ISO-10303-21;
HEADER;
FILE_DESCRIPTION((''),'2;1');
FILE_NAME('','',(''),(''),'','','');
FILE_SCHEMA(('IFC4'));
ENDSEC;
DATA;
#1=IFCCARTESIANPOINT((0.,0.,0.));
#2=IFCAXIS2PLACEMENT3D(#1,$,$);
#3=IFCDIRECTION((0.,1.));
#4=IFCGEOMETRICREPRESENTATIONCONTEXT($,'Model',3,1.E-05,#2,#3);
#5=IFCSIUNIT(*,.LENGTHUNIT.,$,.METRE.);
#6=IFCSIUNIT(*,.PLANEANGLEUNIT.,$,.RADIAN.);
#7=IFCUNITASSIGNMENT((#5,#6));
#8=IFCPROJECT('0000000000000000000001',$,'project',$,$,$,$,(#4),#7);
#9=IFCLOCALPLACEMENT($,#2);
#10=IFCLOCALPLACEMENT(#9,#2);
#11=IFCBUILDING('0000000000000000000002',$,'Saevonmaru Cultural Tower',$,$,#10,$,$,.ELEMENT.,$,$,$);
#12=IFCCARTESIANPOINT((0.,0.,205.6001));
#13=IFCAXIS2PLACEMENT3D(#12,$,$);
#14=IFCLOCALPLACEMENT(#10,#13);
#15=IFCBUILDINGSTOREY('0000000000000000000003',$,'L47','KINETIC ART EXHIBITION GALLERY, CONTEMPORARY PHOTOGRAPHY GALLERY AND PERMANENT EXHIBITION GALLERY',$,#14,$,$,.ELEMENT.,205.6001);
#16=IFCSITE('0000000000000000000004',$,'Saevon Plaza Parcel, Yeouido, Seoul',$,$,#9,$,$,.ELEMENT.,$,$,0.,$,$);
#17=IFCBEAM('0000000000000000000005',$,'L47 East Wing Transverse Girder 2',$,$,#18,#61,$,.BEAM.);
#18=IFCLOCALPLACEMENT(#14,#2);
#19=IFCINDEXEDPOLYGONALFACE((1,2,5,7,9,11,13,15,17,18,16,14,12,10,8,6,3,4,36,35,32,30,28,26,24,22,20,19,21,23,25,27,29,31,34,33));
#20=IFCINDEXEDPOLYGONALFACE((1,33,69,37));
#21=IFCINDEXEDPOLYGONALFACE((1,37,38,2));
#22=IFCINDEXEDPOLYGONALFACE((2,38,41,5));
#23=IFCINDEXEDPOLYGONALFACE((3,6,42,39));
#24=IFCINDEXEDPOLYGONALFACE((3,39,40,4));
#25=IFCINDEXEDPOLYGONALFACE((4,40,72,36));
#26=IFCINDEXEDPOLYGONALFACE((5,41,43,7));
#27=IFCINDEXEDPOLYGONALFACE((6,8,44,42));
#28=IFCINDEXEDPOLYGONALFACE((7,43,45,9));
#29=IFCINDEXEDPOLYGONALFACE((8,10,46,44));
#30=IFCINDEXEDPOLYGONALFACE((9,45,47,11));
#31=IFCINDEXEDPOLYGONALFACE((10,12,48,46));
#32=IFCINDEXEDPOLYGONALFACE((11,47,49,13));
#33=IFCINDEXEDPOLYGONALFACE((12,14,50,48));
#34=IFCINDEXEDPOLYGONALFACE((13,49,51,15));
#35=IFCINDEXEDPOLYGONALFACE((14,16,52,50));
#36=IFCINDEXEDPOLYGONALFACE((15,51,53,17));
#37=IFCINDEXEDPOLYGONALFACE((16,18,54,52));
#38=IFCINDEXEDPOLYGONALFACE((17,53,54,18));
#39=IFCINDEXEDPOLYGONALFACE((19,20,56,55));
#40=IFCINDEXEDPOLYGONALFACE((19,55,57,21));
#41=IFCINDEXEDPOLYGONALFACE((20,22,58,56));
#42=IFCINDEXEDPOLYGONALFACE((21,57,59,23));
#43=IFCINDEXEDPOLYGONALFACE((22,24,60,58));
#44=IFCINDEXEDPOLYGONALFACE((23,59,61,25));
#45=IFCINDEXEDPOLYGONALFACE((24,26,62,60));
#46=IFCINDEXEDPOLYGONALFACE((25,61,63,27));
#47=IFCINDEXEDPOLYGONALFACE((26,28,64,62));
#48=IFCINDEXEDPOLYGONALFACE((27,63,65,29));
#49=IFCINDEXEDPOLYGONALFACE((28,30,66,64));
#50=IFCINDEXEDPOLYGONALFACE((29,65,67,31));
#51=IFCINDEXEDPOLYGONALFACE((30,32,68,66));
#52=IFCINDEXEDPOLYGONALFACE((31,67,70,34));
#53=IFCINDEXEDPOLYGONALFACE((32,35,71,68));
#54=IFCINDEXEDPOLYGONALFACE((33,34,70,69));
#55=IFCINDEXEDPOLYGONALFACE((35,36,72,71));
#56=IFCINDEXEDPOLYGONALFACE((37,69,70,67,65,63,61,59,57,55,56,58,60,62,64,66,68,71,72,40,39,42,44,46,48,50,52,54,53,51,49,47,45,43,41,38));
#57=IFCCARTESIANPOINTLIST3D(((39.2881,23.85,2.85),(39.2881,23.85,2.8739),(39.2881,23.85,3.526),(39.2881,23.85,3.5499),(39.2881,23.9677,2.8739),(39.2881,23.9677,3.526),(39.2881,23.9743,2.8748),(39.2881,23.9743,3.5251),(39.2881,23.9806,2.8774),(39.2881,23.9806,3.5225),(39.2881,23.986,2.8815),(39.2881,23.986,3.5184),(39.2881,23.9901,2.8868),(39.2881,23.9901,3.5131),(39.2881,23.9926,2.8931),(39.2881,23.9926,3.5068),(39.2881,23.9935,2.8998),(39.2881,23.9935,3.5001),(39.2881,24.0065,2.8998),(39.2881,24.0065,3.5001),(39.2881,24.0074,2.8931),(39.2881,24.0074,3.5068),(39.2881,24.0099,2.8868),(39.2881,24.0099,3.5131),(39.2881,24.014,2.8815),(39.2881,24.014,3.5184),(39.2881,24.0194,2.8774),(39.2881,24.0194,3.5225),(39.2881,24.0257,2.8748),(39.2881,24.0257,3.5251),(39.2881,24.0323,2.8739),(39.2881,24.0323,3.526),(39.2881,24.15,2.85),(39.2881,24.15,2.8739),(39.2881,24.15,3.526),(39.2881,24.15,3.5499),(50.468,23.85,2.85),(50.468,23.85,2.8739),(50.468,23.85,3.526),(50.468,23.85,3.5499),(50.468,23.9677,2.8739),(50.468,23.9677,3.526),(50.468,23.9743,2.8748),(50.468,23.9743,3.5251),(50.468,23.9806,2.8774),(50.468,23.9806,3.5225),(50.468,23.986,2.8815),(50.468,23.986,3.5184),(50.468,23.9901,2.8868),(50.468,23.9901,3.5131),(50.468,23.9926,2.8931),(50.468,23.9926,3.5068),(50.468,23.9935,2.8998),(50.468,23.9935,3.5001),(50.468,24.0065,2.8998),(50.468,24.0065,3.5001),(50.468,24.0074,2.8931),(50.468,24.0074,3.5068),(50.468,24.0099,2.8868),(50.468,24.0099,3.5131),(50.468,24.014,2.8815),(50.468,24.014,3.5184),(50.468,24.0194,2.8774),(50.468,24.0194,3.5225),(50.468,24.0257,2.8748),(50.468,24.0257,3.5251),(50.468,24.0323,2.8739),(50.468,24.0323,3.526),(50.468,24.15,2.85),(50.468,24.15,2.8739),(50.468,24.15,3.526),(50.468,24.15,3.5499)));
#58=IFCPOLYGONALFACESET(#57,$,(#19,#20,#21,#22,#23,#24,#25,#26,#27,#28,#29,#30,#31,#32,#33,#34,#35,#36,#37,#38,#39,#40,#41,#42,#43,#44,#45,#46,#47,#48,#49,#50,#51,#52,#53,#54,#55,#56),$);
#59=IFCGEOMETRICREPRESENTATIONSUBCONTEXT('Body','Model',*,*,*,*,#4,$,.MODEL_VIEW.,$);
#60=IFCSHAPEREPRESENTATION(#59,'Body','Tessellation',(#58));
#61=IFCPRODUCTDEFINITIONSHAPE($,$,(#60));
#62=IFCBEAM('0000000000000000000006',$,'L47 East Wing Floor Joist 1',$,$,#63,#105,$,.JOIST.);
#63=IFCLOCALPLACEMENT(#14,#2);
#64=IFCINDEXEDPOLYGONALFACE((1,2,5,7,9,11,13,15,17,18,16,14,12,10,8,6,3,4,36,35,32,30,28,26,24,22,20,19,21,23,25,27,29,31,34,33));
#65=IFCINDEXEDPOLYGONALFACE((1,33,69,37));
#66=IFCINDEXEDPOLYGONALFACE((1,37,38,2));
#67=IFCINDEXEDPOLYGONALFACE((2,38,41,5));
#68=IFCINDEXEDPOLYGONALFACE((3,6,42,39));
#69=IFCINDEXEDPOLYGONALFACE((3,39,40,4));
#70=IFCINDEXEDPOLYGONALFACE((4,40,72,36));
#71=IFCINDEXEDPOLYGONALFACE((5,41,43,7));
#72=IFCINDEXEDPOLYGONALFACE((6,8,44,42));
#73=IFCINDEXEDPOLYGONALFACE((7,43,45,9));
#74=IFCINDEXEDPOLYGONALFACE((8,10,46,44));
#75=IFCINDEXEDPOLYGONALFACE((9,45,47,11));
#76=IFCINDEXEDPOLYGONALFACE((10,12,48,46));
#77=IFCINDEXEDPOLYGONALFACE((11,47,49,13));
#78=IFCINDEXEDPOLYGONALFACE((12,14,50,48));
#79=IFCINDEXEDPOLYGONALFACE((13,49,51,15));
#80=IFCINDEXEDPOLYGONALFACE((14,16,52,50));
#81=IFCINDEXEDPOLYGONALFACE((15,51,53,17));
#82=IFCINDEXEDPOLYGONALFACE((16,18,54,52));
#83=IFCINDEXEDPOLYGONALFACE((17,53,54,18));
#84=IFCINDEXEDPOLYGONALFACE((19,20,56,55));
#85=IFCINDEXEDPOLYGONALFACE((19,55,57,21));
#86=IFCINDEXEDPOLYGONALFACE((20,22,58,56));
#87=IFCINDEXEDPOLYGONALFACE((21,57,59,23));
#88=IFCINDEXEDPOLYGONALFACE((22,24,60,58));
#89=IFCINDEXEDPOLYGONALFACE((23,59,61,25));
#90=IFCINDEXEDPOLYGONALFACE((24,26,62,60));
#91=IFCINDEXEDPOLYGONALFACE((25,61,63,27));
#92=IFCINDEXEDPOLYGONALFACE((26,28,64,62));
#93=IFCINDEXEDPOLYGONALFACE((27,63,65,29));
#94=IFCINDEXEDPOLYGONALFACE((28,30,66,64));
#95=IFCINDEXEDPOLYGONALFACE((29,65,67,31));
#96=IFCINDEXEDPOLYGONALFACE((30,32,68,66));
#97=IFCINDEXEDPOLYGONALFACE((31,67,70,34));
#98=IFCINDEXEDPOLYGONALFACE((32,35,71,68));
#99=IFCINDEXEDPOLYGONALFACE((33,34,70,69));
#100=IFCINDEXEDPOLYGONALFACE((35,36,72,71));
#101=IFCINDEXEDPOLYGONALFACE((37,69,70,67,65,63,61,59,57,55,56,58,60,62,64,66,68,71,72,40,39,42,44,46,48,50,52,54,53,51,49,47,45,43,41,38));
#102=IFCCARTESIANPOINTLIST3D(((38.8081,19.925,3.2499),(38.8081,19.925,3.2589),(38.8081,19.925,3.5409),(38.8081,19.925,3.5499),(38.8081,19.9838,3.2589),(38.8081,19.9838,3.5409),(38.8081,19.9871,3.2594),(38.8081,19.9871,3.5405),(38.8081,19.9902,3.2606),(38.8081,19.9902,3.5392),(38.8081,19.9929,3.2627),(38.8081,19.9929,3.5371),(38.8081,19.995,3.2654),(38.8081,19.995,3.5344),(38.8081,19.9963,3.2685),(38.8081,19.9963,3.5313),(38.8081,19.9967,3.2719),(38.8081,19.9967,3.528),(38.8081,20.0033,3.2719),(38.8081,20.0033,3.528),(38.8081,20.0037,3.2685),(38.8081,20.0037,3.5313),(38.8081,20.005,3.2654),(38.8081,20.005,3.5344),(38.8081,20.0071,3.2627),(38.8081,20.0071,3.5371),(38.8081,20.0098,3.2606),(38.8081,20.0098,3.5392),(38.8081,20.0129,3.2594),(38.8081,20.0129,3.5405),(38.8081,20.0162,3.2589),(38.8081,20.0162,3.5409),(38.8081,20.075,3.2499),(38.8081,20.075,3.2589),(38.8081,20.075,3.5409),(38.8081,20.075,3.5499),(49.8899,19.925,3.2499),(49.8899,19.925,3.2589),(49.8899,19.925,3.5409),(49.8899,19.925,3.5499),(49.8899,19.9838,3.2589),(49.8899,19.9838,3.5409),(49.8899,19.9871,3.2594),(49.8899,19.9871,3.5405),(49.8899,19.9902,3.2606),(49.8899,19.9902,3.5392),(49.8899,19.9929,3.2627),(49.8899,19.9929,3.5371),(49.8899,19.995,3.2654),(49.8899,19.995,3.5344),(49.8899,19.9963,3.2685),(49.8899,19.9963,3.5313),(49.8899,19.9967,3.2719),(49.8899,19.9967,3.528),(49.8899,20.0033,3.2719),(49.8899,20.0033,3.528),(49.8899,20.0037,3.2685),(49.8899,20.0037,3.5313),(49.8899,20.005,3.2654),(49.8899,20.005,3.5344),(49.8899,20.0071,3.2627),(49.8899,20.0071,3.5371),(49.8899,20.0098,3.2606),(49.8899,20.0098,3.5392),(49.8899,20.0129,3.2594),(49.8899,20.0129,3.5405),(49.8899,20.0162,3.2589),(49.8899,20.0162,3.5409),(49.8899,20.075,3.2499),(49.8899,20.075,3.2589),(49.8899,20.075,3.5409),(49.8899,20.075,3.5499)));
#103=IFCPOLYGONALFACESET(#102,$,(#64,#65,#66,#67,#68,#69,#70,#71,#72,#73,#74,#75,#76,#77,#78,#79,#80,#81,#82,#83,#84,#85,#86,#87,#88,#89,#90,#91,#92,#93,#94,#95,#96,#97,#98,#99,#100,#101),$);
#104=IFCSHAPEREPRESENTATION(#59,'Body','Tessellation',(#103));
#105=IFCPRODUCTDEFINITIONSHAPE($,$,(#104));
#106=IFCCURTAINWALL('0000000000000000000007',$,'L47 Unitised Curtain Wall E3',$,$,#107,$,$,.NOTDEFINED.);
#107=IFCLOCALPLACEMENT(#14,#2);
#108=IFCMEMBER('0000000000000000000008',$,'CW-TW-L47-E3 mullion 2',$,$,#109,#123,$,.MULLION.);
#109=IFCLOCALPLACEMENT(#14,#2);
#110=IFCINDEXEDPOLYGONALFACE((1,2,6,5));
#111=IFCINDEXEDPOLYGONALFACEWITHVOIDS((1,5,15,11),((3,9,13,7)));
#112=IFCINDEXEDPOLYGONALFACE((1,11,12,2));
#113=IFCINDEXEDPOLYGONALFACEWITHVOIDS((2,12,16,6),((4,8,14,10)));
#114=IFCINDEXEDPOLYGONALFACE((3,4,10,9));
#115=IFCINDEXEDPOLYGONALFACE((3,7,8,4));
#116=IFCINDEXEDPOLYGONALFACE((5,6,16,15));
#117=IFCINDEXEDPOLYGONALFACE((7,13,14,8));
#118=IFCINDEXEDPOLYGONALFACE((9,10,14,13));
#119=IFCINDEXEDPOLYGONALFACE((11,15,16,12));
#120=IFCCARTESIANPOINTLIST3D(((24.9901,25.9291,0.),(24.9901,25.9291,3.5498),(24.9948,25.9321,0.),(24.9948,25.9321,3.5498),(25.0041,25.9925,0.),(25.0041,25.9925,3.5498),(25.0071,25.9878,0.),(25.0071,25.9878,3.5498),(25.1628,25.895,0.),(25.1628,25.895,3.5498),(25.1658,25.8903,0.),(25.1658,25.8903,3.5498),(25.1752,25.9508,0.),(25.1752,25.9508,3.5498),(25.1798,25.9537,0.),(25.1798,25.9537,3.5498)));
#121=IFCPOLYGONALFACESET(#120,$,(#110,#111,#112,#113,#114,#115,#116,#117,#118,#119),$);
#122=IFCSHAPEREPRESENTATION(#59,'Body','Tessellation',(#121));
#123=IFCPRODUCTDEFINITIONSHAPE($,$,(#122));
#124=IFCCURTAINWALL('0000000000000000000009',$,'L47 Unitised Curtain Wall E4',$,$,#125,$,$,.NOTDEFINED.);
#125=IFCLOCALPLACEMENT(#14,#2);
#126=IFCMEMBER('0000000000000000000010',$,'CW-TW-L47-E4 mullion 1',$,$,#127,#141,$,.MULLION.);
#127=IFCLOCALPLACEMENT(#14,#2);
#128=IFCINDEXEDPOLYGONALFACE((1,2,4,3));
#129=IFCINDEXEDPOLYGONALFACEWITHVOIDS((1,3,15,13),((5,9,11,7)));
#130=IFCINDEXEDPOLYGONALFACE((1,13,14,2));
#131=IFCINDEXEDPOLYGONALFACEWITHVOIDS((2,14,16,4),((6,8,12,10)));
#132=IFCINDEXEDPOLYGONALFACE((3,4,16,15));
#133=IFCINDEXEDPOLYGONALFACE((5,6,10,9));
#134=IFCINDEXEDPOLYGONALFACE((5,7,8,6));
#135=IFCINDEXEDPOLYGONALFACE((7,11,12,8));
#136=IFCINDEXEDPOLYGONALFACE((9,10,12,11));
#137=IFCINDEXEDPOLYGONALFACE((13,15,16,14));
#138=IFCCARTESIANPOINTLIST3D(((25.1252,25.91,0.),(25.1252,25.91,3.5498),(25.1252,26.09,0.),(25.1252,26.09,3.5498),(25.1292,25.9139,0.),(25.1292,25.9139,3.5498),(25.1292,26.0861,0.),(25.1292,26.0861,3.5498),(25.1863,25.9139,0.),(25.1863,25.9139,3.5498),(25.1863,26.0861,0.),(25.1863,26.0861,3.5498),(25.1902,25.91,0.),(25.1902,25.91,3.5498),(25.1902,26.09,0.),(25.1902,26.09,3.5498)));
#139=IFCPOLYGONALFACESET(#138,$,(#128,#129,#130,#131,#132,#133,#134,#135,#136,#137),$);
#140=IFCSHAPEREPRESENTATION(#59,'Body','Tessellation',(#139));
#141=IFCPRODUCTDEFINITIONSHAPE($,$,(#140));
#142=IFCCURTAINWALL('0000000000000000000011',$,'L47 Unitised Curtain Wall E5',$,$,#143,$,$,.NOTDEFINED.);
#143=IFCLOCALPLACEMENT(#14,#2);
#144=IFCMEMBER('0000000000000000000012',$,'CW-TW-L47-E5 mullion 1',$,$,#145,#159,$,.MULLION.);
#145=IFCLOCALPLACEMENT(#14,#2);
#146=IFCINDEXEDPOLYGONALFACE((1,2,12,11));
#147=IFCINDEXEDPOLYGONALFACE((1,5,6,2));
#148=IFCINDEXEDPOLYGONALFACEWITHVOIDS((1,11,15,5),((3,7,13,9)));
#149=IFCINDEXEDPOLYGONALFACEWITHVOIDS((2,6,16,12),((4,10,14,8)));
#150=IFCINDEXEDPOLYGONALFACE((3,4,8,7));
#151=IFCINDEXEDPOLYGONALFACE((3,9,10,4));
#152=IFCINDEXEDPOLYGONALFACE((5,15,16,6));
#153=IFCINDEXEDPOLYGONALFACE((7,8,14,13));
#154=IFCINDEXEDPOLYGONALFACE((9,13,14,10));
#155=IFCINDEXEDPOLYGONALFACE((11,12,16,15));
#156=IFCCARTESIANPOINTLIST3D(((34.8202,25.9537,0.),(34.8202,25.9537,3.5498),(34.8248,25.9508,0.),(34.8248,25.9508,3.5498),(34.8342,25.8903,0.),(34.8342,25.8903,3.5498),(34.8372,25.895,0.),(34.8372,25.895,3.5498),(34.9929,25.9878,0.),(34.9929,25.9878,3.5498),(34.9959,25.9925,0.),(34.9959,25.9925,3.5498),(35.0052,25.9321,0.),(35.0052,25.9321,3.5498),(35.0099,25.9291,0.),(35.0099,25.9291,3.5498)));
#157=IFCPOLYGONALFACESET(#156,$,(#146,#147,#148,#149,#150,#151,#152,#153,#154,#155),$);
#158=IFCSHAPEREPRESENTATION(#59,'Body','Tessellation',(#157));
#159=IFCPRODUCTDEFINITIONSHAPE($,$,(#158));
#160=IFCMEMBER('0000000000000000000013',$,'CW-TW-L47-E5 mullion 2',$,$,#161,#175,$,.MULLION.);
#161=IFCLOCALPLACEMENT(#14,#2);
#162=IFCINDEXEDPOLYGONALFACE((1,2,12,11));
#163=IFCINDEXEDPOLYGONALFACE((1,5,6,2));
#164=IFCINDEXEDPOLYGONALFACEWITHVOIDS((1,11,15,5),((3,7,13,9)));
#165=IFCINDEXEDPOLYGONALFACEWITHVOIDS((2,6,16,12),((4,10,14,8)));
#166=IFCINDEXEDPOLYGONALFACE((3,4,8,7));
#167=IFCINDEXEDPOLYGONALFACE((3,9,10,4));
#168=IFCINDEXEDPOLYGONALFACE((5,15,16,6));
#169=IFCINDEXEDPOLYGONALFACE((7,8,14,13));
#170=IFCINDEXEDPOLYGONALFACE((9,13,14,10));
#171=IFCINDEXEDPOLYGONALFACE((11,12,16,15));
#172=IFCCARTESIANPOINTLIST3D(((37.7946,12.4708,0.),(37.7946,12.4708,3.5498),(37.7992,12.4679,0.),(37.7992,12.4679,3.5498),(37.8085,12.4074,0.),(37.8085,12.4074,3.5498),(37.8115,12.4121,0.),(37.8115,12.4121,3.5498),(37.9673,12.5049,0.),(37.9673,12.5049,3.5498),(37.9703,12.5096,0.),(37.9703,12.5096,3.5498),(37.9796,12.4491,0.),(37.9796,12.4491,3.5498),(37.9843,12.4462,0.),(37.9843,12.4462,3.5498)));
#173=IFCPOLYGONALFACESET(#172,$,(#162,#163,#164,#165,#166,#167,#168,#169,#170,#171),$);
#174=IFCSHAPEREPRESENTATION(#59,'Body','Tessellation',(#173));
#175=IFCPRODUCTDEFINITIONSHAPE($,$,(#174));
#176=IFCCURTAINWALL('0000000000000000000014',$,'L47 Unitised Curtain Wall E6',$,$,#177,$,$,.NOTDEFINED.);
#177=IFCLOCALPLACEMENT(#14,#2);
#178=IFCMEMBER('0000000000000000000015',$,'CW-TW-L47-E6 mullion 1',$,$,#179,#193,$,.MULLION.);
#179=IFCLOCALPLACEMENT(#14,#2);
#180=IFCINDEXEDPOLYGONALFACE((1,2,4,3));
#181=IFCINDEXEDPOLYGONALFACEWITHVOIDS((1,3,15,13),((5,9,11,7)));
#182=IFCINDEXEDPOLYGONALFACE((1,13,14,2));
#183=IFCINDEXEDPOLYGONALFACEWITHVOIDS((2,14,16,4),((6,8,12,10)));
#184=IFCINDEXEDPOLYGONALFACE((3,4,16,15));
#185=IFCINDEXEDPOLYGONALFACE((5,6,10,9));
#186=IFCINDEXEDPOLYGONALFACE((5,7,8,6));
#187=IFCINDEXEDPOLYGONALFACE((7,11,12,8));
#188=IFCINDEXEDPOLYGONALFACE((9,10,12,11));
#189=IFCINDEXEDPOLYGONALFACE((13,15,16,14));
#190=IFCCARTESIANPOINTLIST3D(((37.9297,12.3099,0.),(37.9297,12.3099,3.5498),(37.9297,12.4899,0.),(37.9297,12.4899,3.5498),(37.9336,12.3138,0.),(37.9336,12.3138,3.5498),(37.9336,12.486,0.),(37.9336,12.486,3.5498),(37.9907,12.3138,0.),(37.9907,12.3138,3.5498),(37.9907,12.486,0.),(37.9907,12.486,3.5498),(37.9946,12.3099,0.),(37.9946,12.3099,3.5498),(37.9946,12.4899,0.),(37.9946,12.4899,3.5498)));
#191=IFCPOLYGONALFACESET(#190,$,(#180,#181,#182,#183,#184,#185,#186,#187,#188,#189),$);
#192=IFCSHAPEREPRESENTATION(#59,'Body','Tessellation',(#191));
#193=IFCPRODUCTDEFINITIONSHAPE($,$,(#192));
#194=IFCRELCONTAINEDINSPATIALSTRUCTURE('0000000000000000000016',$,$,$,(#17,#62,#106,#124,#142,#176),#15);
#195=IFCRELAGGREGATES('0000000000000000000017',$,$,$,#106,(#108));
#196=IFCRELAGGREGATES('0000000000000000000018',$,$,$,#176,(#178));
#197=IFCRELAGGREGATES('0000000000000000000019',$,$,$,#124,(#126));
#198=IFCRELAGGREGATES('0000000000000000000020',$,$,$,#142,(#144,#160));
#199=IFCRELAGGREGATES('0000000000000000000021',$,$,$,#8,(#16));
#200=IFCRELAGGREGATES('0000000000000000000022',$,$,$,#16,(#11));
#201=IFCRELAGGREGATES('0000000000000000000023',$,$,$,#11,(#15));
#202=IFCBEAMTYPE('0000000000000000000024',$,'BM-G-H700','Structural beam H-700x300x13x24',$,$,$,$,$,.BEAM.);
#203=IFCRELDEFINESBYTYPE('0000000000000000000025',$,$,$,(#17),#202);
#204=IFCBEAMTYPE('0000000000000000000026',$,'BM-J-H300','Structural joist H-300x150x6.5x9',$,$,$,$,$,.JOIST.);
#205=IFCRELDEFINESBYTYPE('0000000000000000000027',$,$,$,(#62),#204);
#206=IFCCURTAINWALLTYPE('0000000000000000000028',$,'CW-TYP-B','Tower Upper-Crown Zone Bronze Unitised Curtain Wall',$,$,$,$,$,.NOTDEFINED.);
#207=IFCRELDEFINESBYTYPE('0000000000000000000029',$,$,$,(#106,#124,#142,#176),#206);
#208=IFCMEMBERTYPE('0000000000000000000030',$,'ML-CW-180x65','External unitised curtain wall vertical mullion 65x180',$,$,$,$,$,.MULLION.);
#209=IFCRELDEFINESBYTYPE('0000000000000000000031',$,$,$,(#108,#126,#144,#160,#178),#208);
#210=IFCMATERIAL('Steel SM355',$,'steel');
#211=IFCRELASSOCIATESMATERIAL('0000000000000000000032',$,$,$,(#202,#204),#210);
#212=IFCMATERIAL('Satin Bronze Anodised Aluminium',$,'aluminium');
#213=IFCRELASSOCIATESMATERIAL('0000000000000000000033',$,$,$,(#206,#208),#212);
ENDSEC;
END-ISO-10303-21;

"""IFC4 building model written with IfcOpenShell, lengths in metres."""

from ifc_helpers import new_model, si_unit, direction, frame, origin, origin_2d, place, context, subcontext, project, spatial, hollow_rectangle, i_section, extrude, material, material_profile, profile_set, type_object, element, aggregate, save


model = new_model("IFC4")

# Units and contexts
model_context = context("Model", 3, precision=1e-05, world=origin(), true_north=direction((0.0, 1.0)))
body_context = subcontext(model_context, "Body", "Model", "MODEL_VIEW")
ifc_project = project(units=[si_unit("LENGTHUNIT", "METRE"), si_unit("PLANEANGLEUNIT", "RADIAN")], contexts=[model_context])

# Site, building, storey
site_placement = place(None, origin())
site = spatial("IfcSite", under=ifc_project, at=site_placement, Name="Saevon Plaza Parcel, Yeouido, Seoul", CompositionType="ELEMENT", RefElevation=0.0)
building_placement = place(site_placement, origin())
building = spatial("IfcBuilding", under=site, at=building_placement, Name="Saevonmaru Cultural Tower", CompositionType="ELEMENT")
storey_placement = place(building_placement, frame((0.0, 0.0, 205.6001)))
storey = spatial("IfcBuildingStorey", under=building, at=storey_placement, Name="L47", Description="KINETIC ART EXHIBITION GALLERY, CONTEMPORARY PHOTOGRAPHY GALLERY AND PERMANENT EXHIBITION GALLERY", CompositionType="ELEMENT", Elevation=205.6001)

# Shared definitions
ifc_material_1 = material(Name="Steel SM355", Category="steel")

# Beams
ifc_material_profile_1 = material_profile(ifc_material_1, i_section(OverallWidth=0.3, OverallDepth=0.7, WebThickness=0.0129, FlangeThickness=0.0239, FilletRadius=0.0259, at=origin_2d()), Name="H-700x300x13x24")
ifc_profile_set_1 = profile_set([ifc_material_profile_1], Name="Steel SM355")
beam_type_1 = type_object("IfcBeamType", Name="BM-G-H700", Description="Structural beam H-700x300x13x24", PredefinedType="BEAM", material=ifc_profile_set_1)
for number, where, z_axis, x_axis, name in (
    (1, (39.2881, 24.0, 3.2), (1.0, 0.0, 0.0), (0.0, 1.0, 0.0), "L47 East Wing Transverse Girder 2"),
):
    element("IfcBeam", number, at=place(storey_placement, frame(where, z_axis=z_axis, x_axis=x_axis)), inside=storey, type_object=beam_type_1, Name=name, PredefinedType="BEAM", context=body_context, shape_type="SweptSolid", body=[
        extrude(i_section(OverallWidth=0.3, OverallDepth=0.7, WebThickness=0.0129, FlangeThickness=0.0239, FilletRadius=0.0259, at=origin_2d()), origin(), (0.0, 0.0, 1.0), 11.1799),
    ])
ifc_material_profile_2 = material_profile(ifc_material_1, i_section(OverallWidth=0.1499, OverallDepth=0.3, WebThickness=0.0066, FlangeThickness=0.009, FilletRadius=0.0129, at=origin_2d()), Name="H-300x150x6.5x9")
ifc_profile_set_2 = profile_set([ifc_material_profile_2], Name="Steel SM355")
beam_type_2 = type_object("IfcBeamType", Name="BM-J-H300", Description="Structural joist H-300x150x6.5x9", PredefinedType="JOIST", material=ifc_profile_set_2)
beam_placement = place(storey_placement, frame((38.8081, 20.0, 3.3999), z_axis=(1.0, 0.0, 0.0), x_axis=(0.0, 1.0, 0.0)))
element("IfcBeam", 2, at=beam_placement, inside=storey, type_object=beam_type_2, Name="L47 East Wing Floor Joist 1", PredefinedType="JOIST", context=body_context, shape_type="SweptSolid", body=[
    extrude(i_section(OverallWidth=0.1499, OverallDepth=0.3, WebThickness=0.0066, FlangeThickness=0.009, FilletRadius=0.0129, at=origin_2d()), origin(), (0.0, 0.0, 1.0), 11.0818),
])

# Curtain walls, members
ifc_material_2 = material(Name="Satin Bronze Anodised Aluminium", Category="aluminium")
curtain_wall_type = type_object("IfcCurtainWallType", Name="CW-TYP-B", Description="Tower Upper-Crown Zone Bronze Unitised Curtain Wall", PredefinedType="NOTDEFINED", material=ifc_material_2)
curtain_wall_1_placement = place(storey_placement, origin())
curtain_wall_1 = element("IfcCurtainWall", 3, at=curtain_wall_1_placement, inside=storey, type_object=curtain_wall_type, Name="L47 Unitised Curtain Wall E3", PredefinedType="NOTDEFINED")
ifc_material_profile_3 = material_profile(ifc_material_2, hollow_rectangle(XDim=0.0649, YDim=0.1799, WallThickness=0.0039, at=origin_2d()), Name="ALU-MULL-180x65x4")
ifc_profile_set_3 = profile_set([ifc_material_profile_3], Name="Satin Bronze Anodised Aluminium")
member_type_1 = type_object("IfcMemberType", Name="ML-CW-180x65", Description="External unitised curtain wall vertical mullion 65x180", PredefinedType="MULLION", material=ifc_profile_set_3)
member_1_placement = place(storey_placement, frame((25.085, 25.9414, 0.0), z_axis=(0.0, 0.0, 1.0), x_axis=(0.215413, 0.976523, 0.0)))
member_1 = element("IfcMember", 4, at=member_1_placement, type_object=member_type_1, Name="CW-TW-L47-E3 mullion 2", PredefinedType="MULLION", context=body_context, shape_type="SweptSolid", body=[
    extrude(hollow_rectangle(XDim=0.0649, YDim=0.1799, WallThickness=0.0039, at=origin_2d()), origin(), (0.0, 0.0, 1.0), 3.5498),
])
aggregate(curtain_wall_1, [member_1])
curtain_wall_2_placement = place(storey_placement, origin())
curtain_wall_2 = element("IfcCurtainWall", 5, at=curtain_wall_2_placement, inside=storey, type_object=curtain_wall_type, Name="L47 Unitised Curtain Wall E4", PredefinedType="NOTDEFINED")
member_2_placement = place(storey_placement, frame((25.1577, 26.0, 0.0), z_axis=(0.0, 0.0, 1.0), x_axis=(1.0, 0.0, 0.0)))
member_2 = element("IfcMember", 6, at=member_2_placement, type_object=member_type_1, Name="CW-TW-L47-E4 mullion 1", PredefinedType="MULLION", context=body_context, shape_type="SweptSolid", body=[
    extrude(hollow_rectangle(XDim=0.0649, YDim=0.1799, WallThickness=0.0039, at=origin_2d()), origin(), (0.0, 0.0, 1.0), 3.5498),
])

# Curtain wall, members
curtain_wall_3_placement = place(storey_placement, origin())
curtain_wall_3 = element("IfcCurtainWall", 7, at=curtain_wall_3_placement, inside=storey, type_object=curtain_wall_type, Name="L47 Unitised Curtain Wall E5", PredefinedType="NOTDEFINED")
member_3_placement = place(storey_placement, frame((34.915, 25.9414, 0.0), z_axis=(0.0, 0.0, 1.0), x_axis=(0.215413, -0.976523, 0.0)))
member_3 = element("IfcMember", 8, at=member_3_placement, type_object=member_type_1, Name="CW-TW-L47-E5 mullion 1", PredefinedType="MULLION", context=body_context, shape_type="SweptSolid", body=[
    extrude(hollow_rectangle(XDim=0.0649, YDim=0.1799, WallThickness=0.0039, at=origin_2d()), origin(), (0.0, 0.0, 1.0), 3.5498),
])
member_4_placement = place(storey_placement, frame((37.8894, 12.4585, 0.0), z_axis=(0.0, 0.0, 1.0), x_axis=(0.215413, -0.976523, 0.0)))
member_4 = element("IfcMember", 9, at=member_4_placement, type_object=member_type_1, Name="CW-TW-L47-E5 mullion 2", PredefinedType="MULLION", context=body_context, shape_type="SweptSolid", body=[
    extrude(hollow_rectangle(XDim=0.0649, YDim=0.1799, WallThickness=0.0039, at=origin_2d()), origin(), (0.0, 0.0, 1.0), 3.5498),
])

# Curtain wall, member
curtain_wall_4_placement = place(storey_placement, origin())
curtain_wall_4 = element("IfcCurtainWall", 10, at=curtain_wall_4_placement, inside=storey, type_object=curtain_wall_type, Name="L47 Unitised Curtain Wall E6", PredefinedType="NOTDEFINED")
member_5_placement = place(storey_placement, frame((37.9622, 12.3999, 0.0), z_axis=(0.0, 0.0, 1.0), x_axis=(1.0, 0.0, 0.0)))
member_5 = element("IfcMember", 11, at=member_5_placement, type_object=member_type_1, Name="CW-TW-L47-E6 mullion 1", PredefinedType="MULLION", context=body_context, shape_type="SweptSolid", body=[
    extrude(hollow_rectangle(XDim=0.0649, YDim=0.1799, WallThickness=0.0039, at=origin_2d()), origin(), (0.0, 0.0, 1.0), 3.5498),
])

aggregate(curtain_wall_4, [member_5])

aggregate(curtain_wall_2, [member_2])
aggregate(curtain_wall_3, [member_3, member_4])

save(model, "model.ifc")
